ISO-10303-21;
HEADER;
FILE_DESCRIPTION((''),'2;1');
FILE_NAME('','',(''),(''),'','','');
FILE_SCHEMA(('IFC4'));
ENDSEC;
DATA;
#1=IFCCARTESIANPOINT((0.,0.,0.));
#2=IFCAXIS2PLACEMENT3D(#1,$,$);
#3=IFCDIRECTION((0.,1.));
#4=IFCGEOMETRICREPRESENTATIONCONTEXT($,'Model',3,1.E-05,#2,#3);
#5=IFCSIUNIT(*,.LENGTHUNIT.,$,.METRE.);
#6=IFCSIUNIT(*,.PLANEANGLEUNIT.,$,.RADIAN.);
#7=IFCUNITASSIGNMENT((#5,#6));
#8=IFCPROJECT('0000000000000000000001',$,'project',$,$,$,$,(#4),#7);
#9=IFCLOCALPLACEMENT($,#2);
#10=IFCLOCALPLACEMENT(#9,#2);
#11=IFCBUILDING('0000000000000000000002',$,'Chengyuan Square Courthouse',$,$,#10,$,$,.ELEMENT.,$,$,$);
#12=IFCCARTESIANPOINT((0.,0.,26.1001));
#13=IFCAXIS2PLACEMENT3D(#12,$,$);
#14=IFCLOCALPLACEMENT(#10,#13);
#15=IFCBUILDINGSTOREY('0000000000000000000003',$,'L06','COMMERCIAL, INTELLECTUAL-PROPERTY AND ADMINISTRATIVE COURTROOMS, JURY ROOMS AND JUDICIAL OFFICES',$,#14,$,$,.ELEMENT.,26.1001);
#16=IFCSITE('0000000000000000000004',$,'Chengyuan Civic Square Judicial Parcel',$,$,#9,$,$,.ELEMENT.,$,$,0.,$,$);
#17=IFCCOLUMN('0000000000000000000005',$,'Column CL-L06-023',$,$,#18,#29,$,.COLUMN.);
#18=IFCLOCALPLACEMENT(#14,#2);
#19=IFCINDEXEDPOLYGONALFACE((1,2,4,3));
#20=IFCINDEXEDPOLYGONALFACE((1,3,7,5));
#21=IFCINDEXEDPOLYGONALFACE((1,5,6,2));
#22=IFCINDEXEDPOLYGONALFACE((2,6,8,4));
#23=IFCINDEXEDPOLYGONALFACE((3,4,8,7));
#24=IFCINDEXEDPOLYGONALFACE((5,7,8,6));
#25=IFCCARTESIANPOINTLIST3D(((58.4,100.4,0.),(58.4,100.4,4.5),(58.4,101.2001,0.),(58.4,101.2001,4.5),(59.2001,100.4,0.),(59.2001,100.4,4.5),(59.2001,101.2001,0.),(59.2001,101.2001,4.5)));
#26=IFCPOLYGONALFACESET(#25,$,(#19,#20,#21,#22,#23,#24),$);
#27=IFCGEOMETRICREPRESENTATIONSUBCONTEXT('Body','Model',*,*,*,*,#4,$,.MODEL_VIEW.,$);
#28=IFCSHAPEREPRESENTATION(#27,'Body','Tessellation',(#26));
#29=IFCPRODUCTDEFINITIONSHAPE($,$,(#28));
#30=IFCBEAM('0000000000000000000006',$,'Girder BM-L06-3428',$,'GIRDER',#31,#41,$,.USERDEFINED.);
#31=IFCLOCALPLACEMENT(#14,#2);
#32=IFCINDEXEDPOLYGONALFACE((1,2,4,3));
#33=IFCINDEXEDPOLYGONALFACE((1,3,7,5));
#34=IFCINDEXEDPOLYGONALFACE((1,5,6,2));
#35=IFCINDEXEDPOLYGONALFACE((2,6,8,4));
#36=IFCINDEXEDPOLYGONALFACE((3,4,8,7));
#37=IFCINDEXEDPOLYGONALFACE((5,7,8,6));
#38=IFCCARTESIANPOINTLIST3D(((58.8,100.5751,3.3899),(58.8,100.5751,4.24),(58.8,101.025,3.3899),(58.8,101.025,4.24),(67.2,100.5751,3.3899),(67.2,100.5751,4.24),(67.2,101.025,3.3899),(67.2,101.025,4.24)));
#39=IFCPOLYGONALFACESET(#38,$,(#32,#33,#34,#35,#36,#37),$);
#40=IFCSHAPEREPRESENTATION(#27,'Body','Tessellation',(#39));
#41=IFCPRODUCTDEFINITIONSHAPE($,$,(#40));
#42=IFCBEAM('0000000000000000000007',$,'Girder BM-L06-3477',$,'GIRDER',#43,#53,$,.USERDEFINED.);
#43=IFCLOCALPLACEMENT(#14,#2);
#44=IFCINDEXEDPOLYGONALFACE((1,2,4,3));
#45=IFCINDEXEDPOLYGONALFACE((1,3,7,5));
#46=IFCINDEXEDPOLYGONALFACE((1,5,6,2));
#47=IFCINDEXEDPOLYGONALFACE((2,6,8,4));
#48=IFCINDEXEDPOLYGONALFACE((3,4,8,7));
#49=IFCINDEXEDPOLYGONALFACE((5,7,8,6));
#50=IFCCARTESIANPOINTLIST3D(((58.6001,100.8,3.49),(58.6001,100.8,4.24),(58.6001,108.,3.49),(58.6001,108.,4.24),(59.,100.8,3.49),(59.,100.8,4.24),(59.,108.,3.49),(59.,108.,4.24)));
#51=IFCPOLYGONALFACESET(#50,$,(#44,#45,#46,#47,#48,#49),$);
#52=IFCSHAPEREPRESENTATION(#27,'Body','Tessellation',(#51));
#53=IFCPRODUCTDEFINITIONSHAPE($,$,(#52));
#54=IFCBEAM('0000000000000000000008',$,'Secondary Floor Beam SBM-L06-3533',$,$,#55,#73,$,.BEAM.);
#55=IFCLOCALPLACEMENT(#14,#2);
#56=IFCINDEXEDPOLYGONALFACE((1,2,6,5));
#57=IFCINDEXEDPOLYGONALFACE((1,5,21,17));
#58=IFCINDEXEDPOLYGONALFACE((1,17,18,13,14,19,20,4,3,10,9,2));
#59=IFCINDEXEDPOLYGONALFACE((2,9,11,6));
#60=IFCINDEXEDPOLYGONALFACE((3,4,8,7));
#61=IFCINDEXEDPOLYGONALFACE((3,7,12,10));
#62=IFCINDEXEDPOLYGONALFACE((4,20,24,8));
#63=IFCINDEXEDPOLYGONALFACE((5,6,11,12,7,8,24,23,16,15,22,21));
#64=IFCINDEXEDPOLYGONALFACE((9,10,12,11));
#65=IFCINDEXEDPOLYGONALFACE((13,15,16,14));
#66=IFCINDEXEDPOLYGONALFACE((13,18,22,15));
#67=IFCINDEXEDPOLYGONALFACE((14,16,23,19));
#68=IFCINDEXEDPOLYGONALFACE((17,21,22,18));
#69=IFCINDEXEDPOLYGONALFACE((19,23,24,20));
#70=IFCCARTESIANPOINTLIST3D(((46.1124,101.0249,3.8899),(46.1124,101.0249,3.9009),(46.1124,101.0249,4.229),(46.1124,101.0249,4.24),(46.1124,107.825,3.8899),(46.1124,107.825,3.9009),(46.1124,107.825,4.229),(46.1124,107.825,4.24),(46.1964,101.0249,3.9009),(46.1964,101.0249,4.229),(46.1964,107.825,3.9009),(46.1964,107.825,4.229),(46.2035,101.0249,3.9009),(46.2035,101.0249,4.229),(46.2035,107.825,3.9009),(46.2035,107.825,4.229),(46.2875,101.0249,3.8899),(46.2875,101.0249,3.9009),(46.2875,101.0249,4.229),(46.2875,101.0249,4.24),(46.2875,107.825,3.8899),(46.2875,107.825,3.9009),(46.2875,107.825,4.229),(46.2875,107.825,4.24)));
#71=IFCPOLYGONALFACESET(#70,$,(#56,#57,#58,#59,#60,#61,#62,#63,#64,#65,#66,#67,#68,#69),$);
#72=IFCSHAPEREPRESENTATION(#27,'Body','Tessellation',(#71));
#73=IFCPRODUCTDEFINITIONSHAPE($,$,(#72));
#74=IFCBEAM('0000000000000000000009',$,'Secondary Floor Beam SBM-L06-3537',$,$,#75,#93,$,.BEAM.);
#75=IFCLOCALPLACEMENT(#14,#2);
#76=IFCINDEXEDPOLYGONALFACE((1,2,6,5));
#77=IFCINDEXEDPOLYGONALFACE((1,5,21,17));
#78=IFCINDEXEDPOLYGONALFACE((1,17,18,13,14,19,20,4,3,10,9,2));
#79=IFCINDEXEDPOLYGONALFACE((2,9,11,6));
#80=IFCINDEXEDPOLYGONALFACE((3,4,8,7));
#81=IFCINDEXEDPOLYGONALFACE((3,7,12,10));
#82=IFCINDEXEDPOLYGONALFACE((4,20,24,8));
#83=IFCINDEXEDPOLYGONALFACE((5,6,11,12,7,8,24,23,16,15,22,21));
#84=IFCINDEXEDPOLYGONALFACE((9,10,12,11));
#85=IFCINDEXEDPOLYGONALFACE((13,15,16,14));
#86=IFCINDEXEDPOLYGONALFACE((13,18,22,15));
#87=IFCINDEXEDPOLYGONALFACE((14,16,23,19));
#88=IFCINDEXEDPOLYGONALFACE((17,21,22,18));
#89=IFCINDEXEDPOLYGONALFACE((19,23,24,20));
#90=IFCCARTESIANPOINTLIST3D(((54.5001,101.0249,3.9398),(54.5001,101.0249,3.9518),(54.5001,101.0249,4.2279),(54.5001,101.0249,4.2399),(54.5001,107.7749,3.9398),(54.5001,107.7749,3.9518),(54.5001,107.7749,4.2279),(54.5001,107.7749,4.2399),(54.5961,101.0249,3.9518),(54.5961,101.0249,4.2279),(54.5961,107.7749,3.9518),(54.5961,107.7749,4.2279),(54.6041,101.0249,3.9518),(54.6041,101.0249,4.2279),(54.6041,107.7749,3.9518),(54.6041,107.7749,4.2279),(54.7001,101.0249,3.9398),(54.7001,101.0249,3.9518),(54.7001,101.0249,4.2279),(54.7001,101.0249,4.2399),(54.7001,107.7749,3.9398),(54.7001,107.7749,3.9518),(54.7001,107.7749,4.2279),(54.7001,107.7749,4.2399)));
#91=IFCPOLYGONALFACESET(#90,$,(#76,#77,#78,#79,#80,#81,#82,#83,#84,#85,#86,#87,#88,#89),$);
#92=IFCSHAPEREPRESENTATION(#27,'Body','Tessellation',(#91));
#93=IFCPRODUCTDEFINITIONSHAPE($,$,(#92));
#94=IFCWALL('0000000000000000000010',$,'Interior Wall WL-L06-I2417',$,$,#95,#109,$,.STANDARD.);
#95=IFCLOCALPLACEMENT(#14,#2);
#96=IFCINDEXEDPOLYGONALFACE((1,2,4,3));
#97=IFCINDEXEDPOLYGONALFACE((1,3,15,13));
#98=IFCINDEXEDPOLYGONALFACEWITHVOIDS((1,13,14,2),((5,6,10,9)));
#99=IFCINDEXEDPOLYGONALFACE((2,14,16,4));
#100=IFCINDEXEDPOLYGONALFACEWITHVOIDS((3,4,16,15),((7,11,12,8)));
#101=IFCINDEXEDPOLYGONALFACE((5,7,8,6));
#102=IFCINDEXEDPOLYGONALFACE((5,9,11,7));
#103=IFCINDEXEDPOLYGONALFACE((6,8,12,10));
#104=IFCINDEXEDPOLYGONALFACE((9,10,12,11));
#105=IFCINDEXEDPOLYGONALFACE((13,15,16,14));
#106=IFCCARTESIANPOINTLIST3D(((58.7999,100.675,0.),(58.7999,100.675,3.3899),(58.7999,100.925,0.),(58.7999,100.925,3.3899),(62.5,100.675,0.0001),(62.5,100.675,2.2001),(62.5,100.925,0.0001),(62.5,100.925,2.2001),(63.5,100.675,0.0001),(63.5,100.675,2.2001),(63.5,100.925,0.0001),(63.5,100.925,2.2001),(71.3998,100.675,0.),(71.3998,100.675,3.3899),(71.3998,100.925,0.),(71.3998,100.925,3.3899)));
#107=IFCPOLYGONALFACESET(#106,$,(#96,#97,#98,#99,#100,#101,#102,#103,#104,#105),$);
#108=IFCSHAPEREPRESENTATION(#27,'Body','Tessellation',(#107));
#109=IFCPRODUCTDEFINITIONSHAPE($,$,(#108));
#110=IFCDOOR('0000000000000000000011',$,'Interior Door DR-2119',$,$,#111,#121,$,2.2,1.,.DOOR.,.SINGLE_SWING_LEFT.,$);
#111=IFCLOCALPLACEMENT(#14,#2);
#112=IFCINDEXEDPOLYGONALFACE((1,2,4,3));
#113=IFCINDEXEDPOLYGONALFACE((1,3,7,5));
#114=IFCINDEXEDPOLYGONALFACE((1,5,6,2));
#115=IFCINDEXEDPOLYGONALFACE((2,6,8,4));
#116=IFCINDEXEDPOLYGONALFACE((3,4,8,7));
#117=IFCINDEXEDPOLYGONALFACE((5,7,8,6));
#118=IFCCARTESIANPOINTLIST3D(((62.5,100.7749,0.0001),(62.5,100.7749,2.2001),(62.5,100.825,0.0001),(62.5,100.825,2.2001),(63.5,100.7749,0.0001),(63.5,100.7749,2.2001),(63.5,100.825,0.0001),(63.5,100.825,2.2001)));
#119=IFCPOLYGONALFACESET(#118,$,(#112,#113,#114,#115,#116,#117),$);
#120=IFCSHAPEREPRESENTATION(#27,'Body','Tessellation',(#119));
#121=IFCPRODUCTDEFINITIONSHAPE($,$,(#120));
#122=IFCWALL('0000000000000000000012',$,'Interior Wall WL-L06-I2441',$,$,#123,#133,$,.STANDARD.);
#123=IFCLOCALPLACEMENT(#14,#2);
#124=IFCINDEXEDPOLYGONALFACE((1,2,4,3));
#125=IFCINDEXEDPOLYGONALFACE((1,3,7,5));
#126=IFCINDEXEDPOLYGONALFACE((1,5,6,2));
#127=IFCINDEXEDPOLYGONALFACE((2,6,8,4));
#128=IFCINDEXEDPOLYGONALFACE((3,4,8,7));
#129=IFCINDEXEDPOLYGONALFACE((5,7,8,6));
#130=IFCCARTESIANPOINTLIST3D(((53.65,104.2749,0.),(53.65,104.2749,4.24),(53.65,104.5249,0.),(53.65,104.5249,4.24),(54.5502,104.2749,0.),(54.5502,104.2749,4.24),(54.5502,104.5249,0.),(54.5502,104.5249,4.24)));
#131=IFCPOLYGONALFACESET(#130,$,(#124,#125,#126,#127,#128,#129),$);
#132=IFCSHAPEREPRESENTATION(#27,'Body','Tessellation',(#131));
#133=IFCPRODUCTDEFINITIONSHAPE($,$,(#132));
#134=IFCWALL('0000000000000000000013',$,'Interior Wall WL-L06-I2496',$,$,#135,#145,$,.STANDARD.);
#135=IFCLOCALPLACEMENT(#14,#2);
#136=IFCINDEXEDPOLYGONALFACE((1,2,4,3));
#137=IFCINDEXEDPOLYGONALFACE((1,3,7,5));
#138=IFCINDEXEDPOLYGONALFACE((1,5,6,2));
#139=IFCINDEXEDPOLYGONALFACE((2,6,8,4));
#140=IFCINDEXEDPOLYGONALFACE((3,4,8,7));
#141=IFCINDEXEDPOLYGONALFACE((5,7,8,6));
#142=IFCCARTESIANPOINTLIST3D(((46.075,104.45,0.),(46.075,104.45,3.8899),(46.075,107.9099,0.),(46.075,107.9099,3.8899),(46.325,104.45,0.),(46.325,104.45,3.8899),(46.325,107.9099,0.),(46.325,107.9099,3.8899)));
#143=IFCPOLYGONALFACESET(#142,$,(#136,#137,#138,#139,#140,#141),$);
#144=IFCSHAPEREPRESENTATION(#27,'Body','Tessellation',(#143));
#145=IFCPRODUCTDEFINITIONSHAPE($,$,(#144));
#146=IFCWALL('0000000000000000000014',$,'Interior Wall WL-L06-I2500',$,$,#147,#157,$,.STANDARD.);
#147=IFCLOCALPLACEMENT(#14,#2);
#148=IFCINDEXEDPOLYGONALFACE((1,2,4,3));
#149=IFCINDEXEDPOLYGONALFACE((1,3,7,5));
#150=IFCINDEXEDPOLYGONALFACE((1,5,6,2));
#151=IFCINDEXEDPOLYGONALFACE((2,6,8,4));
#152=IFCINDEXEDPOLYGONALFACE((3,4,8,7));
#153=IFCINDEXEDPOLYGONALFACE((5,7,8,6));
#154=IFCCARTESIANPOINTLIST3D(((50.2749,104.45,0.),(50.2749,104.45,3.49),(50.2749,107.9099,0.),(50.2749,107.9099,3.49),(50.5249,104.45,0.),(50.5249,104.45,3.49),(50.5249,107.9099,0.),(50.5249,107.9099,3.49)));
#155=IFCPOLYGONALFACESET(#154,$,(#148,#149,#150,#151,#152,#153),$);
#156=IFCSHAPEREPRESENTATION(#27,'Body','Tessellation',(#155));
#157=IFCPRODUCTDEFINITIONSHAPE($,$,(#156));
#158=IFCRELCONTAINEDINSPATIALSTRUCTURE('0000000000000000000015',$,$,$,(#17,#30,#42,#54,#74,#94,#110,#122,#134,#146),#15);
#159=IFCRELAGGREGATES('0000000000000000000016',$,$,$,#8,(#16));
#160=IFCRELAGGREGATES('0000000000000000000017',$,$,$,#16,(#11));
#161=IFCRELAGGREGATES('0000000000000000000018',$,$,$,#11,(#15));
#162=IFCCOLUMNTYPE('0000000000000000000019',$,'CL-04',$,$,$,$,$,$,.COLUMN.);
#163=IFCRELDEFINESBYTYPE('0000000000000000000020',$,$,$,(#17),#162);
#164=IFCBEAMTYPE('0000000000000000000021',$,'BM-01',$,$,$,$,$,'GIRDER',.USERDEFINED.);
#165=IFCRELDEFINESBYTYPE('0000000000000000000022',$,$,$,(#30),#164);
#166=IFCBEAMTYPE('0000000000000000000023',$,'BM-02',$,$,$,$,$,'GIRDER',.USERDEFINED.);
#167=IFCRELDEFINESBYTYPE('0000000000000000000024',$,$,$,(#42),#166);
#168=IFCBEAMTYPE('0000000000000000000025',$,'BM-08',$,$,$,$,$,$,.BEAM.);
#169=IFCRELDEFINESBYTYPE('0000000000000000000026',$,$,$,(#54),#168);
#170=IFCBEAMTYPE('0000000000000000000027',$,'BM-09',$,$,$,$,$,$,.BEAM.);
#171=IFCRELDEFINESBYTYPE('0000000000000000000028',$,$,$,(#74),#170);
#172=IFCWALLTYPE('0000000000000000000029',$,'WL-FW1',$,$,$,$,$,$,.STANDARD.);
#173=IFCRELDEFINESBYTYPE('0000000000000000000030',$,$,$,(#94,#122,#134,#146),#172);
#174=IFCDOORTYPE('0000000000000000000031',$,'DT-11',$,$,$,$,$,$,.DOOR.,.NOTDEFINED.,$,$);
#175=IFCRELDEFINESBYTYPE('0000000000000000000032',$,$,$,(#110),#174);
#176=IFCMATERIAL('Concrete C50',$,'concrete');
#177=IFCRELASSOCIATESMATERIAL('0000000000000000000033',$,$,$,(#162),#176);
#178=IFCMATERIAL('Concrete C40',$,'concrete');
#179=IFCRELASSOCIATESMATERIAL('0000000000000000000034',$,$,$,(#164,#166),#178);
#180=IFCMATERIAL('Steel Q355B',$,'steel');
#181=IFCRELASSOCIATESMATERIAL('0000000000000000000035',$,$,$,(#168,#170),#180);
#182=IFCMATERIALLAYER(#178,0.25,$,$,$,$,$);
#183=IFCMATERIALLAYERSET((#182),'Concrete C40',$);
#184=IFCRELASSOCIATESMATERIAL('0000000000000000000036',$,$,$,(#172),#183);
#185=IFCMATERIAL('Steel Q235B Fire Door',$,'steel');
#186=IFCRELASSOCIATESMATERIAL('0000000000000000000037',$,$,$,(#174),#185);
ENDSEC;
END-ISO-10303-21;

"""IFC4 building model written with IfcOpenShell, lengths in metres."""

from ifc_helpers import new_model, si_unit, direction, frame, frame_2d, origin, origin_2d, place, context, subcontext, project, spatial, rectangle, i_section, extrude, material, layer, layer_set, material_profile, profile_set, type_object, element, fill, save


model = new_model("IFC4")

# Units and contexts
model_context = context("Model", 3, precision=1e-05, world=origin(), true_north=direction((0.0, 1.0)))
body_context = subcontext(model_context, "Body", "Model", "MODEL_VIEW")
ifc_project = project(units=[si_unit("LENGTHUNIT", "METRE"), si_unit("PLANEANGLEUNIT", "RADIAN")], contexts=[model_context])

# Site, building, storey
site_placement = place(None, origin())
site = spatial("IfcSite", under=ifc_project, at=site_placement, Name="Chengyuan Civic Square Judicial Parcel", CompositionType="ELEMENT", RefElevation=0.0)
building_placement = place(site_placement, origin())
building = spatial("IfcBuilding", under=site, at=building_placement, Name="Chengyuan Square Courthouse", CompositionType="ELEMENT")
storey_placement = place(building_placement, frame((0.0, 0.0, 26.1001)))
storey = spatial("IfcBuildingStorey", under=building, at=storey_placement, Name="L06", Description="COMMERCIAL, INTELLECTUAL-PROPERTY AND ADMINISTRATIVE COURTROOMS, JURY ROOMS AND JUDICIAL OFFICES", CompositionType="ELEMENT", Elevation=26.1001)

# Column
ifc_material_1 = material(Name="Concrete C50", Category="concrete")
ifc_material_profile_1 = material_profile(ifc_material_1, rectangle(XDim=0.8, YDim=0.8, at=origin_2d()), Name="RC-COL-800x800")
ifc_profile_set_1 = profile_set([ifc_material_profile_1], Name="Concrete C50")
column_type = type_object("IfcColumnType", Name="CL-04", PredefinedType="COLUMN", material=ifc_profile_set_1)
column_placement = place(storey_placement, frame((58.8, 100.8, 0.0), z_axis=(0.0, 0.0, 1.0), x_axis=(1.0, 0.0, 0.0)))
element("IfcColumn", 1, at=column_placement, inside=storey, type_object=column_type, Name="Column CL-L06-023", PredefinedType="COLUMN", context=body_context, shape_type="SweptSolid", body=[
    extrude(rectangle(XDim=0.8, YDim=0.8, at=origin_2d()), origin(), (0.0, 0.0, 1.0), 4.5),
])

# Beams
ifc_material_2 = material(Name="Concrete C40", Category="concrete")
ifc_material_profile_2 = material_profile(ifc_material_2, rectangle(XDim=0.45, YDim=0.8501, at=origin_2d()), Name="RC-BM-450x850")
ifc_profile_set_2 = profile_set([ifc_material_profile_2], Name="Concrete C40")
beam_type_1 = type_object("IfcBeamType", Name="BM-01", ElementType="GIRDER", PredefinedType="USERDEFINED", material=ifc_profile_set_2)
beam_1_placement = place(storey_placement, frame((58.8, 100.8, 3.8149), z_axis=(1.0, 0.0, 0.0), x_axis=(0.0, 1.0, 0.0)))
element("IfcBeam", 2, at=beam_1_placement, inside=storey, type_object=beam_type_1, Name="Girder BM-L06-3428", ObjectType="GIRDER", PredefinedType="USERDEFINED", context=body_context, shape_type="SweptSolid", body=[
    extrude(rectangle(XDim=0.45, YDim=0.8501, at=origin_2d()), origin(), (0.0, 0.0, 1.0), 8.3999),
])
ifc_material_profile_3 = material_profile(ifc_material_2, rectangle(XDim=0.3999, YDim=0.75, at=origin_2d()), Name="RC-BM-400x750")
ifc_profile_set_3 = profile_set([ifc_material_profile_3], Name="Concrete C40")
beam_type_2 = type_object("IfcBeamType", Name="BM-02", ElementType="GIRDER", PredefinedType="USERDEFINED", material=ifc_profile_set_3)
beam_2_placement = place(storey_placement, frame((58.8, 100.8, 3.865), z_axis=(0.0, 1.0, 0.0), x_axis=(-1.0, 0.0, 0.0)))
element("IfcBeam", 3, at=beam_2_placement, inside=storey, type_object=beam_type_2, Name="Girder BM-L06-3477", ObjectType="GIRDER", PredefinedType="USERDEFINED", context=body_context, shape_type="SweptSolid", body=[
    extrude(rectangle(XDim=0.3999, YDim=0.75, at=origin_2d()), origin(), (0.0, 0.0, 1.0), 7.2),
])
ifc_material_3 = material(Name="Steel Q355B", Category="steel")
ifc_material_profile_4 = material_profile(ifc_material_3, i_section(OverallWidth=0.175, OverallDepth=0.3501, WebThickness=0.0071, FlangeThickness=0.011, at=origin_2d()), Name="HN 350x175x7x11")
ifc_profile_set_4 = profile_set([ifc_material_profile_4], Name="Steel Q355B")
beam_type_3 = type_object("IfcBeamType", Name="BM-08", PredefinedType="BEAM", material=ifc_profile_set_4)
beam_3_placement = place(storey_placement, frame((46.2, 101.0249, 4.0649), z_axis=(0.0, 1.0, 0.0), x_axis=(-1.0, 0.0, 0.0)))
element("IfcBeam", 4, at=beam_3_placement, inside=storey, type_object=beam_type_3, Name="Secondary Floor Beam SBM-L06-3533", PredefinedType="BEAM", context=body_context, shape_type="SweptSolid", body=[
    extrude(i_section(OverallWidth=0.175, OverallDepth=0.3501, WebThickness=0.0071, FlangeThickness=0.011, at=origin_2d()), origin(), (0.0, 0.0, 1.0), 6.8),
])
ifc_material_profile_5 = material_profile(ifc_material_3, i_section(OverallWidth=0.2, OverallDepth=0.3, WebThickness=0.0081, FlangeThickness=0.012, at=origin_2d()), Name="HM 300x200x8x12")
ifc_profile_set_5 = profile_set([ifc_material_profile_5], Name="Steel Q355B")
beam_type_4 = type_object("IfcBeamType", Name="BM-09", PredefinedType="BEAM", material=ifc_profile_set_5)
beam_4_placement = place(storey_placement, frame((54.6001, 101.0249, 4.0898), z_axis=(0.0, 1.0, 0.0), x_axis=(-1.0, 0.0, 0.0)))
element("IfcBeam", 5, at=beam_4_placement, inside=storey, type_object=beam_type_4, Name="Secondary Floor Beam SBM-L06-3537", PredefinedType="BEAM", context=body_context, shape_type="SweptSolid", body=[
    extrude(i_section(OverallWidth=0.2, OverallDepth=0.3, WebThickness=0.0081, FlangeThickness=0.012, at=origin_2d()), origin(), (0.0, 0.0, 1.0), 6.75),
])

# Wall, opening, door
ifc_layer_1 = layer(ifc_material_2, 0.25)
ifc_layer_set_1 = layer_set([ifc_layer_1], Name="Concrete C40")
wall_type_1 = type_object("IfcWallType", Name="WL-FW1", PredefinedType="STANDARD", material=ifc_layer_set_1)
wall_1_placement = place(storey_placement, frame((58.8, 100.8, 0.0), z_axis=(0.0, 0.0, 1.0), x_axis=(1.0, 0.0, 0.0)))
wall_1 = element("IfcWall", 6, at=wall_1_placement, inside=storey, type_object=wall_type_1, Name="Interior Wall WL-L06-I2417", PredefinedType="STANDARD", context=body_context, shape_type="SweptSolid", body=[
    extrude(rectangle(XDim=12.5999, YDim=0.25, at=frame_2d((6.2998, 0.0))), origin(), (0.0, 0.0, 1.0), 3.3899),
])
opening_1_placement = place(wall_1_placement, frame((3.7, 0.0, 0.0)))
opening_1 = element("IfcOpeningElement", 7, at=opening_1_placement, cuts=wall_1, PredefinedType="OPENING", context=body_context, shape_type="SweptSolid", body=[
    extrude(rectangle(XDim=1.0, YDim=2.2, at=frame_2d((0.5, 1.1001))), frame((0.0, 0.137, 0.0), z_axis=(0.0, -1.0, 0.0), x_axis=(1.0, 0.0, 0.0)), (0.0, 0.0, 1.0), 0.2739),
])
ifc_material_4 = material(Name="Steel Q235B Fire Door", Category="steel")
door_type_1 = type_object("IfcDoorType", Name="DT-11", OperationType="NOTDEFINED", PredefinedType="DOOR", material=ifc_material_4)
door_1_placement = place(opening_1_placement, origin())
door_1 = element("IfcDoor", 8, at=door_1_placement, inside=storey, type_object=door_type_1, Name="Interior Door DR-2119", OperationType="SINGLE_SWING_LEFT", OverallHeight=2.2, OverallWidth=1.0, PredefinedType="DOOR", context=body_context, shape_type="SweptSolid", body=[
    extrude(rectangle(XDim=1.0, YDim=2.2, at=frame_2d((0.5, 1.1001))), frame((0.0, 0.0249, 0.0), z_axis=(0.0, -1.0, 0.0), x_axis=(1.0, 0.0, 0.0)), (0.0, 0.0, 1.0), 0.05),
])
fill(opening_1, door_1)

# Walls
wall_2_placement = place(storey_placement, frame((53.6499, 104.3999, 0.0), z_axis=(0.0, 0.0, 1.0), x_axis=(1.0, 0.0, 0.0)))
element("IfcWall", 9, at=wall_2_placement, inside=storey, type_object=wall_type_1, Name="Interior Wall WL-L06-I2441", PredefinedType="STANDARD", context=body_context, shape_type="SweptSolid", body=[
    extrude(rectangle(XDim=0.9001, YDim=0.25, at=frame_2d((0.4502, 0.0))), origin(), (0.0, 0.0, 1.0), 4.24),
])
wall_3_placement = place(storey_placement, frame((46.2, 104.45, 0.0), z_axis=(0.0, 0.0, 1.0), x_axis=(0.0, 1.0, 0.0)))
element("IfcWall", 10, at=wall_3_placement, inside=storey, type_object=wall_type_1, Name="Interior Wall WL-L06-I2496", PredefinedType="STANDARD", context=body_context, shape_type="SweptSolid", body=[
    extrude(rectangle(XDim=3.46, YDim=0.25, at=frame_2d((1.73, 0.0))), origin(), (0.0, 0.0, 1.0), 3.8899),
])
wall_4_placement = place(storey_placement, frame((50.3999, 104.45, 0.0), z_axis=(0.0, 0.0, 1.0), x_axis=(0.0, 1.0, 0.0)))
element("IfcWall", 11, at=wall_4_placement, inside=storey, type_object=wall_type_1, Name="Interior Wall WL-L06-I2500", PredefinedType="STANDARD", context=body_context, shape_type="SweptSolid", body=[
    extrude(rectangle(XDim=3.46, YDim=0.25, at=frame_2d((1.73, 0.0))), origin(), (0.0, 0.0, 1.0), 3.49),
])

save(model, "model.ifc")
